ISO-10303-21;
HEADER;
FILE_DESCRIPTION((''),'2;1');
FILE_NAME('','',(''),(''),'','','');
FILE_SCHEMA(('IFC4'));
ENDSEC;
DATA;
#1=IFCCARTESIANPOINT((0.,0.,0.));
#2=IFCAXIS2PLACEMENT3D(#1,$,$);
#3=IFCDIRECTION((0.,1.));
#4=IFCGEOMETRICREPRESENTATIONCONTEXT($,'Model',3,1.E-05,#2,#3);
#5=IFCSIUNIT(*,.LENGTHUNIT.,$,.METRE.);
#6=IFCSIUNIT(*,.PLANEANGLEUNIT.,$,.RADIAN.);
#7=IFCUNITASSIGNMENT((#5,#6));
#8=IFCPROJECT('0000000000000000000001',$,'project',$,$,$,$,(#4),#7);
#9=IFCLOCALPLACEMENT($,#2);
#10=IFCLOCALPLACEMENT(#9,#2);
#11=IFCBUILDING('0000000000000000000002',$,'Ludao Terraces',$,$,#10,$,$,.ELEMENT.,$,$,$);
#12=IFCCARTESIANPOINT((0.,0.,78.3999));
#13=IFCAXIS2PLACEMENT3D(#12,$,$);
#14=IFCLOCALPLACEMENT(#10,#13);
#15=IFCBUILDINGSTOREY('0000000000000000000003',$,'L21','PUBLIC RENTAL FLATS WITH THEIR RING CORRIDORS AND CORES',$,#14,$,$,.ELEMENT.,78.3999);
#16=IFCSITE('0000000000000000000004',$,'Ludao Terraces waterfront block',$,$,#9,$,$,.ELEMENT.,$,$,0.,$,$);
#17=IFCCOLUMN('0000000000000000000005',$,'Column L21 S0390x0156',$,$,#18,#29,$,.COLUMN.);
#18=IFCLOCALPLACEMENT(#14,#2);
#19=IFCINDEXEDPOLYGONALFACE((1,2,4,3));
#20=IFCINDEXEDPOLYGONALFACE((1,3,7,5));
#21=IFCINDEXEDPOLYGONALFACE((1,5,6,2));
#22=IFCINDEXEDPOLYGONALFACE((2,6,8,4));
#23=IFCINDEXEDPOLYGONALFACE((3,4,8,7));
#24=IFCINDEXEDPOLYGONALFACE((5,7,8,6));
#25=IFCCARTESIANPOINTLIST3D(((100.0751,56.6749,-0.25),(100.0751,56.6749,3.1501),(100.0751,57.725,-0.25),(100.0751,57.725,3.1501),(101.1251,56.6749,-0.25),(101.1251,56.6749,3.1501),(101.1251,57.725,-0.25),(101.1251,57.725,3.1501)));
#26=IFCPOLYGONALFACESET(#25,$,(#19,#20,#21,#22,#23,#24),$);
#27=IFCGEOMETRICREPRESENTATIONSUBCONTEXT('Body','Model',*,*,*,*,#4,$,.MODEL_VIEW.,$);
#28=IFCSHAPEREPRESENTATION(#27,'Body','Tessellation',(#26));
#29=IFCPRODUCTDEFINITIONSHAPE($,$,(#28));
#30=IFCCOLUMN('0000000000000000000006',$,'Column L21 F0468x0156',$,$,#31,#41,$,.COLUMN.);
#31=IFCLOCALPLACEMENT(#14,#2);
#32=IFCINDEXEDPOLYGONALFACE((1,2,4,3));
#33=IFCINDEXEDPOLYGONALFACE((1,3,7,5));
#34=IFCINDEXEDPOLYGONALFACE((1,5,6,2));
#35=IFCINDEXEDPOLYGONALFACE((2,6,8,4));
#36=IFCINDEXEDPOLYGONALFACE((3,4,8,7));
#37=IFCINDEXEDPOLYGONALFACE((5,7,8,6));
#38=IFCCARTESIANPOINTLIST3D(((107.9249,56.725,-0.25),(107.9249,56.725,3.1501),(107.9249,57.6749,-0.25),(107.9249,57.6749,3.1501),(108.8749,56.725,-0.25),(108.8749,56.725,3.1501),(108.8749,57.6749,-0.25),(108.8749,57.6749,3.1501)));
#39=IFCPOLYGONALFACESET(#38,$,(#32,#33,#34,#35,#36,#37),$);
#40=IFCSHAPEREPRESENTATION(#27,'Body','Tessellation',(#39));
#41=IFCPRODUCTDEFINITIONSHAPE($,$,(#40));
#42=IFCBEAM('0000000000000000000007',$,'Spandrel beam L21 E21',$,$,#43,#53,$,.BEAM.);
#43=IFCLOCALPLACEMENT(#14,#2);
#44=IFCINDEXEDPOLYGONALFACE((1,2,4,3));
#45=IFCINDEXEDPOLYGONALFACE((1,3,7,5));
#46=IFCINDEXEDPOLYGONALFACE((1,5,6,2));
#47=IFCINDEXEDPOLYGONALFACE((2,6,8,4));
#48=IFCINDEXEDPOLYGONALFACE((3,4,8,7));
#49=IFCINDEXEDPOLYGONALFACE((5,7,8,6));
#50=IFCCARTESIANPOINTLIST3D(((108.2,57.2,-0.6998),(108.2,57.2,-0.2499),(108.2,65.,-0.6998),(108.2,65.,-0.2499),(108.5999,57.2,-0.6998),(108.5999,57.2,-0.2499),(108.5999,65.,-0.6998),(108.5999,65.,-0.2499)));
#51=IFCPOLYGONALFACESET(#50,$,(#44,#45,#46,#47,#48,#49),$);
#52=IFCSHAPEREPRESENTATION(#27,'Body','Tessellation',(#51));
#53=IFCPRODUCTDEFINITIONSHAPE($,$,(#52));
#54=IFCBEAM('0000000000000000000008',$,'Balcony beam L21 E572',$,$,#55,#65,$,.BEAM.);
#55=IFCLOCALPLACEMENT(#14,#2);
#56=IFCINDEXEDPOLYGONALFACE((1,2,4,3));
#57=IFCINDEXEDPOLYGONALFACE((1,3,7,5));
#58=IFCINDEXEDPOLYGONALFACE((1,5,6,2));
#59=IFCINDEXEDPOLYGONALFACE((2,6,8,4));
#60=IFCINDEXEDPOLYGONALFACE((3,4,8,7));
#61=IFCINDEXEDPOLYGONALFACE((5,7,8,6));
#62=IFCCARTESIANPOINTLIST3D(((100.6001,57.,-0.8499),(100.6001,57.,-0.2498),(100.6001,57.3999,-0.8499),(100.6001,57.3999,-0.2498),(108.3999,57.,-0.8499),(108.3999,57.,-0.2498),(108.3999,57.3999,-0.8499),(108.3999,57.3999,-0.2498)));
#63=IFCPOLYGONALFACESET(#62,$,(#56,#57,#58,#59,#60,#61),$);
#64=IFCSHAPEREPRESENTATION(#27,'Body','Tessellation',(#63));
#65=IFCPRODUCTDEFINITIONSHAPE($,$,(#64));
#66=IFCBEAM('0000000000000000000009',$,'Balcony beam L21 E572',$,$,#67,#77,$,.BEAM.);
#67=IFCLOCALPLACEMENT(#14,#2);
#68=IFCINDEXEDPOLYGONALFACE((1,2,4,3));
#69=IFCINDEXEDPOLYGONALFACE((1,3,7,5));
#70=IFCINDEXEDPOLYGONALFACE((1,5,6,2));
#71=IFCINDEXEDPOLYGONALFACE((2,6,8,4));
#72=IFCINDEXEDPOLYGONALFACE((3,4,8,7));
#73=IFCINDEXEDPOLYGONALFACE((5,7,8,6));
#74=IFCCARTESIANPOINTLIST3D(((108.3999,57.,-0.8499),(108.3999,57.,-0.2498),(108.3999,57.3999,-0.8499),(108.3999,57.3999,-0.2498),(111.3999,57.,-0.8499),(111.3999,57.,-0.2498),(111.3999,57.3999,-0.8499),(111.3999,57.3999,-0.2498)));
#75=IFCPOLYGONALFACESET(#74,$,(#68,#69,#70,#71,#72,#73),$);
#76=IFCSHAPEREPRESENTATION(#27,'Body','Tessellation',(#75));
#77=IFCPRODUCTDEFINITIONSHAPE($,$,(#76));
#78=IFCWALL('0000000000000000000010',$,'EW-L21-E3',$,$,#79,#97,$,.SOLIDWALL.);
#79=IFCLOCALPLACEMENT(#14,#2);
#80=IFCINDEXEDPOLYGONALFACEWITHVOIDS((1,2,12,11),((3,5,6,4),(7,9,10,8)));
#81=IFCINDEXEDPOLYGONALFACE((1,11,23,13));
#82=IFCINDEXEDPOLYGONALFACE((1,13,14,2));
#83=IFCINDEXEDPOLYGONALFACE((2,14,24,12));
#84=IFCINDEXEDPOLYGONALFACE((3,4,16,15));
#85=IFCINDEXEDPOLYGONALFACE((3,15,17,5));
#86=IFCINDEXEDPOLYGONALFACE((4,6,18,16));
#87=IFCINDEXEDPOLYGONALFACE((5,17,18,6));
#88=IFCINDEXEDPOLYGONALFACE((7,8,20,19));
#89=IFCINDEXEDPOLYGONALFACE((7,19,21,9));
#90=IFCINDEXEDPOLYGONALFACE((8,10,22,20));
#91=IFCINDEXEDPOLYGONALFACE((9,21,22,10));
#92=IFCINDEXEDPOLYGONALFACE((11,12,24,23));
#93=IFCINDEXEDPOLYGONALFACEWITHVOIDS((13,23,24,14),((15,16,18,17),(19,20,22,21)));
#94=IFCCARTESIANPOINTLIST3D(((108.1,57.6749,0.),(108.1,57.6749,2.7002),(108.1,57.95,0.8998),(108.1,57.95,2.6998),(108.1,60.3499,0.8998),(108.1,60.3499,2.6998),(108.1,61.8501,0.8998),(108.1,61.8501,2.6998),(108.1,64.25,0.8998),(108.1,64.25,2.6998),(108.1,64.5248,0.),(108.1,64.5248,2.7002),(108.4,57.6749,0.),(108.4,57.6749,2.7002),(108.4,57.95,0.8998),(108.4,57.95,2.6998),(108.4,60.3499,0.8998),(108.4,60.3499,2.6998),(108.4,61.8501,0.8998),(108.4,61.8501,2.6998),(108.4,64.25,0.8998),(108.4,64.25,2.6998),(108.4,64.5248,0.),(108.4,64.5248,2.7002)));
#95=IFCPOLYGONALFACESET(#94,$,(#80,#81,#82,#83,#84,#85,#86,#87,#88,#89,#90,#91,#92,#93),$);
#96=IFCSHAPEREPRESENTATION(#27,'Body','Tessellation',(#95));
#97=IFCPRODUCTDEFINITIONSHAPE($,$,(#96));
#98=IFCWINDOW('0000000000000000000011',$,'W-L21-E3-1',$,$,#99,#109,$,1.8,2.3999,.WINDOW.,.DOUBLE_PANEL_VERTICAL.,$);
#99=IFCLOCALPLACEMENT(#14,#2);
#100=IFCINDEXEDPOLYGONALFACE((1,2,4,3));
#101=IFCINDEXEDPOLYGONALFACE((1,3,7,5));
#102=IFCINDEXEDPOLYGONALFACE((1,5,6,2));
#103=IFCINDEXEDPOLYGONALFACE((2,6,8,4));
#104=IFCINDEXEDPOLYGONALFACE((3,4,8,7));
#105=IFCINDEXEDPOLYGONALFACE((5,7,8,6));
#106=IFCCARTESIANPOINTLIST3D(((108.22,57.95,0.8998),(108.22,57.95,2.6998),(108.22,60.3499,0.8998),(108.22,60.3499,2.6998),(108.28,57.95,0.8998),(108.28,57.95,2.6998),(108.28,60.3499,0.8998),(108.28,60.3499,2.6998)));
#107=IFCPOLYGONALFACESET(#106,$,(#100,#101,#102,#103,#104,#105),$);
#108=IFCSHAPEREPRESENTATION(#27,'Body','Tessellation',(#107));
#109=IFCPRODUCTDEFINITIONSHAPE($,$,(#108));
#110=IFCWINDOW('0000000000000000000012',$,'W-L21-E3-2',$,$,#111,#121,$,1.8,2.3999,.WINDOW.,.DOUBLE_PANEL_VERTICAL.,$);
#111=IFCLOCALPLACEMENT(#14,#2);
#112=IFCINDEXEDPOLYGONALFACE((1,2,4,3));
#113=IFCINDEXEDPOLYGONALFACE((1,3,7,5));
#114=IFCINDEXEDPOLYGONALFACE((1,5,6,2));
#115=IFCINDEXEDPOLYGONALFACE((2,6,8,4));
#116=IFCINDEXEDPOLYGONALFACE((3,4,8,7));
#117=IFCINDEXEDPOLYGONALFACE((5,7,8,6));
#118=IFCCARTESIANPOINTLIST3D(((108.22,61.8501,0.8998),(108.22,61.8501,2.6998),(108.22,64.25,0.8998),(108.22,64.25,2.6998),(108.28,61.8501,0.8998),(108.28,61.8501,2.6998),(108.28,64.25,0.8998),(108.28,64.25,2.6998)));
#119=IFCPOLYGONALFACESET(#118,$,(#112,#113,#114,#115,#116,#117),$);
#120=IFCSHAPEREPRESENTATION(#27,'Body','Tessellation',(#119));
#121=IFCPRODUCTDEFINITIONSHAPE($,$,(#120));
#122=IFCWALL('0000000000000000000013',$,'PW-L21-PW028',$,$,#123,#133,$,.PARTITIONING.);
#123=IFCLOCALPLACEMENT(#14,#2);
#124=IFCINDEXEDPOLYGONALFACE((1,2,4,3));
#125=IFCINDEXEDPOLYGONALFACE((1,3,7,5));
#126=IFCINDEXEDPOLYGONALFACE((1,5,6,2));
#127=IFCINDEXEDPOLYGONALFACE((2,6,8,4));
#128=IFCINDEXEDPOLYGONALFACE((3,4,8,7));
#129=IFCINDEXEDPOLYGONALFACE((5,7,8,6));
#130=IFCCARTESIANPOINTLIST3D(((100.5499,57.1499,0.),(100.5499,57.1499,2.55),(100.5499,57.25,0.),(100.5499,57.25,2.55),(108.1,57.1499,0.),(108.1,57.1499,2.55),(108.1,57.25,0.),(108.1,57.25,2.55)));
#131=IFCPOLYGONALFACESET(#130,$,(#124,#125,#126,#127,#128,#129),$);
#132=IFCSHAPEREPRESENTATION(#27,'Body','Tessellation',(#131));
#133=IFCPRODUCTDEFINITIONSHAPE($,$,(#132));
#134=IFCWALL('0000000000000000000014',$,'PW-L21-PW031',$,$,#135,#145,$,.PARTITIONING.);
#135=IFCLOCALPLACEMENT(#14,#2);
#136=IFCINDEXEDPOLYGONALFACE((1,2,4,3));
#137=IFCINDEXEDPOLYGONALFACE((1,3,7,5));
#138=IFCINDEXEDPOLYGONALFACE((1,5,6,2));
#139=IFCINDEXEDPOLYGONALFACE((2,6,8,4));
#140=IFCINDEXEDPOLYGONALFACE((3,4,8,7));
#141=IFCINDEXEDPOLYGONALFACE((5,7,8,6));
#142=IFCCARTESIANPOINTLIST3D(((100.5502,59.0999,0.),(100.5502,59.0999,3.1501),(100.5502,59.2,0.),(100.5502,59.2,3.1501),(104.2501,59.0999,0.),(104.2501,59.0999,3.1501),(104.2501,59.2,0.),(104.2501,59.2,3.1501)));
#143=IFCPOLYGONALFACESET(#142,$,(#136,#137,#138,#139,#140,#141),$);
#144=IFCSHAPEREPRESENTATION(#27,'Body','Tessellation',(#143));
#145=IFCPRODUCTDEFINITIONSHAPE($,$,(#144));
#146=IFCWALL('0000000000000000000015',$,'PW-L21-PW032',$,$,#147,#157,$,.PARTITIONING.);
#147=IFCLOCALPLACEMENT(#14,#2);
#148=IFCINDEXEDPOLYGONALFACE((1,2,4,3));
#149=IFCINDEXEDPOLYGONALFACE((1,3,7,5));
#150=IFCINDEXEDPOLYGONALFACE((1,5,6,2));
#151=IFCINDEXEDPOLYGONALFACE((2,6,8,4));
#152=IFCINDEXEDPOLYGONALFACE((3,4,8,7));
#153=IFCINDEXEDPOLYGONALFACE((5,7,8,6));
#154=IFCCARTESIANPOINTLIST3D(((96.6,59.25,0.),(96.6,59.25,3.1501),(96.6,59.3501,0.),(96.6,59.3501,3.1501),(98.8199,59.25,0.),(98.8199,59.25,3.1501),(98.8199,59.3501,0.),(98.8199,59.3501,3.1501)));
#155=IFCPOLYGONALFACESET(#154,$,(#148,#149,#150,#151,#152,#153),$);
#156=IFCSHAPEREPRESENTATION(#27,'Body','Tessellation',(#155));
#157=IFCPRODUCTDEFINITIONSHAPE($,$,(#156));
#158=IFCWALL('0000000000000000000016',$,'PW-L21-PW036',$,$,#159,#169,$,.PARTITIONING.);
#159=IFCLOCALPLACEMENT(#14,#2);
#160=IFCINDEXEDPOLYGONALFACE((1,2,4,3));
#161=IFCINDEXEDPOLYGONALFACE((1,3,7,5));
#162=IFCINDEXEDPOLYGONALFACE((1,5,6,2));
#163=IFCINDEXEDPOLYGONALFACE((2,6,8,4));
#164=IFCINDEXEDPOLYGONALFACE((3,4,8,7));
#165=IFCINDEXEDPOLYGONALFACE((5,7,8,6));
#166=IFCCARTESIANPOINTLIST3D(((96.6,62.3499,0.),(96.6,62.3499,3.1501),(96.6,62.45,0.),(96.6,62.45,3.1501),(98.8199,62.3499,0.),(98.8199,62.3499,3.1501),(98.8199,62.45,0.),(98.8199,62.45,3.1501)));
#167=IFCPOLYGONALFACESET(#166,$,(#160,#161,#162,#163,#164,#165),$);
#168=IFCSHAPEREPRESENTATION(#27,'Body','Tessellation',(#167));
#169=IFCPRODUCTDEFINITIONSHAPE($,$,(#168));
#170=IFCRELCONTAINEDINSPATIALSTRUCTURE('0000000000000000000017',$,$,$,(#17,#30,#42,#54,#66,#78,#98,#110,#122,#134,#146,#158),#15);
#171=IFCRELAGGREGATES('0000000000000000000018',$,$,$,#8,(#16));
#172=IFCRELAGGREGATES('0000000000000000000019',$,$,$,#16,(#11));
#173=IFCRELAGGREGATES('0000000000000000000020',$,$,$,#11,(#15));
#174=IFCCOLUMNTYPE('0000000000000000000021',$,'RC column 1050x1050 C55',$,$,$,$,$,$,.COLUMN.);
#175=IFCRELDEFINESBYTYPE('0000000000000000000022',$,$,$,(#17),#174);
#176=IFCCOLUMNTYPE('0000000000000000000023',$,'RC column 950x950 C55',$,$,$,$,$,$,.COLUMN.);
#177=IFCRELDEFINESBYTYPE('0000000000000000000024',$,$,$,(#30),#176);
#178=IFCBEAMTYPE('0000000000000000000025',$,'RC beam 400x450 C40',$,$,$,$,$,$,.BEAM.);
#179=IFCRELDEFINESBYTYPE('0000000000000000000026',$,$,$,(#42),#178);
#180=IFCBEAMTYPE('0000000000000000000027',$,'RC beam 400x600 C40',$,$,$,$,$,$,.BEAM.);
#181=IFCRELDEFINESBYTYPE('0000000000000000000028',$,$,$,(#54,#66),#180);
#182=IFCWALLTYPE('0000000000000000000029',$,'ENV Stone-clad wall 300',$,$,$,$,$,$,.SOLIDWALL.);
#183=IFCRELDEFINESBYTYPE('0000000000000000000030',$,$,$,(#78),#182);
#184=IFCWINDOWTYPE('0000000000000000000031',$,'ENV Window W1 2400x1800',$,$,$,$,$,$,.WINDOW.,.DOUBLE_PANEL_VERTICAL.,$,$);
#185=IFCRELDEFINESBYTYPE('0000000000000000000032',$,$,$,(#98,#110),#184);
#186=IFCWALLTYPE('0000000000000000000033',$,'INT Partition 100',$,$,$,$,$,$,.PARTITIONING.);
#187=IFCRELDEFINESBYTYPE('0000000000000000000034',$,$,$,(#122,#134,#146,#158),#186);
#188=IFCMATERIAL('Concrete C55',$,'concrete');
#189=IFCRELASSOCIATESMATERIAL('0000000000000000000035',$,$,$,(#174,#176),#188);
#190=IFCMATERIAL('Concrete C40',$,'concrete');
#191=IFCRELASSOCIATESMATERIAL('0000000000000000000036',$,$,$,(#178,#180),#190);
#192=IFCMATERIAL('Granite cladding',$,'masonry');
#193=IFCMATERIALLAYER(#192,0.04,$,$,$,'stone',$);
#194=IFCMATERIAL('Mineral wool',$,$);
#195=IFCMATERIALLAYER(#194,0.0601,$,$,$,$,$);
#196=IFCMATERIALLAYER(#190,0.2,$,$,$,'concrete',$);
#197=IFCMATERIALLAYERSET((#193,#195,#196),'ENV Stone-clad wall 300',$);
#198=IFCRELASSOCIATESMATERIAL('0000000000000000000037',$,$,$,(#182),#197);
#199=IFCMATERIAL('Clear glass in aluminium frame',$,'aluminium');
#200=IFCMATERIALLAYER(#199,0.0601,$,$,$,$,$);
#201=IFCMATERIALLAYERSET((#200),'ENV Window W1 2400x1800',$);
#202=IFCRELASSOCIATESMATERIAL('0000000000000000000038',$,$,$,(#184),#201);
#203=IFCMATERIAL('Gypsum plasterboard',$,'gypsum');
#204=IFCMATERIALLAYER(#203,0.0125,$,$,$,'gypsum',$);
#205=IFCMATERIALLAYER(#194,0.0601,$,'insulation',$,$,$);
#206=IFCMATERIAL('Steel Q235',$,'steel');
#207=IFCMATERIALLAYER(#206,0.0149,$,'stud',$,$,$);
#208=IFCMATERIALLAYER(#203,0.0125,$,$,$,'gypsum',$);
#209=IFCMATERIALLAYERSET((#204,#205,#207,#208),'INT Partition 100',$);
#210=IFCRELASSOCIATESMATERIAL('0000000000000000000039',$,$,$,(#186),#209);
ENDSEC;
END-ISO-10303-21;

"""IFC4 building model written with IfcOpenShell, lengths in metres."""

from ifc_helpers import new_model, si_unit, direction, frame, frame_2d, origin, origin_2d, place, context, subcontext, project, spatial, rectangle, extrude, material, layer, layer_set, material_profile, profile_set, type_object, element, fill, save


model = new_model("IFC4")

# Units and contexts
model_context = context("Model", 3, precision=1e-05, world=origin(), true_north=direction((0.0, 1.0)))
body_context = subcontext(model_context, "Body", "Model", "MODEL_VIEW")
ifc_project = project(units=[si_unit("LENGTHUNIT", "METRE"), si_unit("PLANEANGLEUNIT", "RADIAN")], contexts=[model_context])

# Site, building, storey
site_placement = place(None, origin())
site = spatial("IfcSite", under=ifc_project, at=site_placement, Name="Ludao Terraces waterfront block", CompositionType="ELEMENT", RefElevation=0.0)
building_placement = place(site_placement, origin())
building = spatial("IfcBuilding", under=site, at=building_placement, Name="Ludao Terraces", CompositionType="ELEMENT")
storey_placement = place(building_placement, frame((0.0, 0.0, 78.3999)))
storey = spatial("IfcBuildingStorey", under=building, at=storey_placement, Name="L21", Description="PUBLIC RENTAL FLATS WITH THEIR RING CORRIDORS AND CORES", CompositionType="ELEMENT", Elevation=78.3999)

# Columns
ifc_material_1 = material(Name="Concrete C55", Category="concrete")
ifc_material_profile_1 = material_profile(ifc_material_1, rectangle(XDim=1.05, YDim=1.05, at=origin_2d()), Name="1050 X 1050")
ifc_profile_set_1 = profile_set([ifc_material_profile_1], Name="Concrete C55")
column_type_1 = type_object("IfcColumnType", Name="RC column 1050x1050 C55", PredefinedType="COLUMN", material=ifc_profile_set_1)
column_1_placement = place(storey_placement, frame((100.6001, 57.2, -0.25), z_axis=(0.0, 0.0, 1.0), x_axis=(1.0, 0.0, 0.0)))
element("IfcColumn", 1, at=column_1_placement, inside=storey, type_object=column_type_1, Name="Column L21 S0390x0156", PredefinedType="COLUMN", context=body_context, shape_type="SweptSolid", body=[
    extrude(rectangle(XDim=1.05, YDim=1.05, at=origin_2d()), origin(), (0.0, 0.0, 1.0), 3.4001),
])
ifc_material_profile_2 = material_profile(ifc_material_1, rectangle(XDim=0.95, YDim=0.95, at=origin_2d()), Name="950 X 950")
ifc_profile_set_2 = profile_set([ifc_material_profile_2], Name="Concrete C55")
column_type_2 = type_object("IfcColumnType", Name="RC column 950x950 C55", PredefinedType="COLUMN", material=ifc_profile_set_2)
column_2_placement = place(storey_placement, frame((108.3999, 57.2, -0.25), z_axis=(0.0, 0.0, 1.0), x_axis=(1.0, 0.0, 0.0)))
element("IfcColumn", 2, at=column_2_placement, inside=storey, type_object=column_type_2, Name="Column L21 F0468x0156", PredefinedType="COLUMN", context=body_context, shape_type="SweptSolid", body=[
    extrude(rectangle(XDim=0.95, YDim=0.95, at=origin_2d()), origin(), (0.0, 0.0, 1.0), 3.4001),
])

# Beams
ifc_material_2 = material(Name="Concrete C40", Category="concrete")
ifc_material_profile_3 = material_profile(ifc_material_2, rectangle(XDim=0.3999, YDim=0.45, at=origin_2d()), Name="400 X 450")
ifc_profile_set_3 = profile_set([ifc_material_profile_3], Name="Concrete C40")
beam_type_1 = type_object("IfcBeamType", Name="RC beam 400x450 C40", PredefinedType="BEAM", material=ifc_profile_set_3)
beam_1_placement = place(storey_placement, frame((108.3999, 57.2, -0.4749), z_axis=(0.0, 1.0, 0.0), x_axis=(-1.0, 0.0, 0.0)))
element("IfcBeam", 3, at=beam_1_placement, inside=storey, type_object=beam_type_1, Name="Spandrel beam L21 E21", PredefinedType="BEAM", context=body_context, shape_type="SweptSolid", body=[
    extrude(rectangle(XDim=0.3999, YDim=0.45, at=origin_2d()), origin(), (0.0, 0.0, 1.0), 7.8),
])
ifc_material_profile_4 = material_profile(ifc_material_2, rectangle(XDim=0.3999, YDim=0.6001, at=origin_2d()), Name="400 X 600")
ifc_profile_set_4 = profile_set([ifc_material_profile_4], Name="Concrete C40")
beam_type_2 = type_object("IfcBeamType", Name="RC beam 400x600 C40", PredefinedType="BEAM", material=ifc_profile_set_4)
beam_2_placement = place(storey_placement, frame((100.6001, 57.2, -0.5498), z_axis=(1.0, 0.0, 0.0), x_axis=(0.0, 1.0, 0.0)))
element("IfcBeam", 4, at=beam_2_placement, inside=storey, type_object=beam_type_2, Name="Balcony beam L21 E572", PredefinedType="BEAM", context=body_context, shape_type="SweptSolid", body=[
    extrude(rectangle(XDim=0.3999, YDim=0.6001, at=origin_2d()), origin(), (0.0, 0.0, 1.0), 7.7998),
])
beam_3_placement = place(storey_placement, frame((108.3999, 57.2, -0.5498), z_axis=(1.0, 0.0, 0.0), x_axis=(0.0, 1.0, 0.0)))
element("IfcBeam", 5, at=beam_3_placement, inside=storey, type_object=beam_type_2, Name="Balcony beam L21 E572", PredefinedType="BEAM", context=body_context, shape_type="SweptSolid", body=[
    extrude(rectangle(XDim=0.3999, YDim=0.6001, at=origin_2d()), origin(), (0.0, 0.0, 1.0), 3.0),
])

# Wall, openings, windows
ifc_material_3 = material(Name="Granite cladding", Category="masonry")
ifc_layer_1 = layer(ifc_material_3, 0.04, Category="stone")
ifc_material_4 = material(Name="Mineral wool")
ifc_layer_2 = layer(ifc_material_4, 0.0601)
ifc_layer_3 = layer(ifc_material_2, 0.2, Category="concrete")
ifc_layer_set_1 = layer_set([ifc_layer_1, ifc_layer_2, ifc_layer_3], Name="ENV Stone-clad wall 300")
wall_type_1 = type_object("IfcWallType", Name="ENV Stone-clad wall 300", PredefinedType="SOLIDWALL", material=ifc_layer_set_1)
wall_1_placement = place(storey_placement, frame((108.25, 57.675, 0.0), z_axis=(0.0, 0.0, 1.0), x_axis=(0.0, 1.0, 0.0)))
wall_1 = element("IfcWall", 6, at=wall_1_placement, inside=storey, type_object=wall_type_1, Name="EW-L21-E3", PredefinedType="SOLIDWALL", context=body_context, shape_type="SweptSolid", body=[
    extrude(rectangle(XDim=6.8499, YDim=0.3, at=frame_2d((3.4248, 0.0))), origin(), (0.0, 0.0, 1.0), 2.7002),
])
opening_1_placement = place(wall_1_placement, frame((0.2749, 0.0, 0.8999)))
opening_1 = element("IfcOpeningElement", 7, at=opening_1_placement, cuts=wall_1, PredefinedType="OPENING", context=body_context, shape_type="SweptSolid", body=[
    extrude(rectangle(XDim=2.3999, YDim=1.8, at=frame_2d((1.2, 0.8999))), frame((0.0, 0.1602, 0.0), z_axis=(0.0, -1.0, 0.0), x_axis=(1.0, 0.0, 0.0)), (0.0, 0.0, 1.0), 0.3201),
])
opening_2_placement = place(wall_1_placement, frame((4.175, 0.0, 0.8999)))
opening_2 = element("IfcOpeningElement", 8, at=opening_2_placement, cuts=wall_1, PredefinedType="OPENING", context=body_context, shape_type="SweptSolid", body=[
    extrude(rectangle(XDim=2.3999, YDim=1.8, at=frame_2d((1.2, 0.8999))), frame((0.0, 0.1602, 0.0), z_axis=(0.0, -1.0, 0.0), x_axis=(1.0, 0.0, 0.0)), (0.0, 0.0, 1.0), 0.3201),
])
ifc_material_5 = material(Name="Clear glass in aluminium frame", Category="aluminium")
ifc_layer_4 = layer(ifc_material_5, 0.0601)
ifc_layer_set_2 = layer_set([ifc_layer_4], Name="ENV Window W1 2400x1800")
window_type = type_object("IfcWindowType", Name="ENV Window W1 2400x1800", PartitioningType="DOUBLE_PANEL_VERTICAL", PredefinedType="WINDOW", material=ifc_layer_set_2)
window_1_placement = place(opening_1_placement, origin())
window_1 = element("IfcWindow", 9, at=window_1_placement, inside=storey, type_object=window_type, Name="W-L21-E3-1", OverallHeight=1.8, OverallWidth=2.3999, PartitioningType="DOUBLE_PANEL_VERTICAL", PredefinedType="WINDOW", context=body_context, shape_type="SweptSolid", body=[
    extrude(rectangle(XDim=2.3999, YDim=1.8, at=frame_2d((1.2, 0.8999))), frame((0.0, 0.03, 0.0), z_axis=(0.0, -1.0, 0.0), x_axis=(1.0, 0.0, 0.0)), (0.0, 0.0, 1.0), 0.0601),
])
fill(opening_1, window_1)
window_2_placement = place(opening_2_placement, origin())
window_2 = element("IfcWindow", 10, at=window_2_placement, inside=storey, type_object=window_type, Name="W-L21-E3-2", OverallHeight=1.8, OverallWidth=2.3999, PartitioningType="DOUBLE_PANEL_VERTICAL", PredefinedType="WINDOW", context=body_context, shape_type="SweptSolid", body=[
    extrude(rectangle(XDim=2.3999, YDim=1.8, at=frame_2d((1.2, 0.8999))), frame((0.0, 0.03, 0.0), z_axis=(0.0, -1.0, 0.0), x_axis=(1.0, 0.0, 0.0)), (0.0, 0.0, 1.0), 0.0601),
])
fill(opening_2, window_2)

# Walls
ifc_material_6 = material(Name="Gypsum plasterboard", Category="gypsum")
ifc_layer_5 = layer(ifc_material_6, 0.0125, Category="gypsum")
ifc_layer_6 = layer(ifc_material_4, 0.0601, Name="insulation")
ifc_material_7 = material(Name="Steel Q235", Category="steel")
ifc_layer_7 = layer(ifc_material_7, 0.0149, Name="stud")
ifc_layer_8 = layer(ifc_material_6, 0.0125, Category="gypsum")
ifc_layer_set_3 = layer_set([ifc_layer_5, ifc_layer_6, ifc_layer_7, ifc_layer_8], Name="INT Partition 100")
wall_type_2 = type_object("IfcWallType", Name="INT Partition 100", PredefinedType="PARTITIONING", material=ifc_layer_set_3)
wall_2_placement = place(storey_placement, frame((100.55, 57.2, 0.0), z_axis=(0.0, 0.0, 1.0), x_axis=(1.0, 0.0, 0.0)))
element("IfcWall", 11, at=wall_2_placement, inside=storey, type_object=wall_type_2, Name="PW-L21-PW028", PredefinedType="PARTITIONING", context=body_context, shape_type="SweptSolid", body=[
    extrude(rectangle(XDim=7.55, YDim=0.1001, at=frame_2d((3.7749, 0.0))), origin(), (0.0, 0.0, 1.0), 2.55),
])
wall_3_placement = place(storey_placement, frame((100.55, 59.1499, 0.0), z_axis=(0.0, 0.0, 1.0), x_axis=(1.0, 0.0, 0.0)))
element("IfcWall", 12, at=wall_3_placement, inside=storey, type_object=wall_type_2, Name="PW-L21-PW031", PredefinedType="PARTITIONING", context=body_context, shape_type="SweptSolid", body=[
    extrude(rectangle(XDim=3.7, YDim=0.1001, at=frame_2d((1.8501, 0.0))), origin(), (0.0, 0.0, 1.0), 3.1501),
])
for number, where, z_axis, x_axis, name in (
    (13, (96.6001, 59.3, 0.0), (0.0, 0.0, 1.0), (1.0, 0.0, 0.0), "PW-L21-PW032"),
    (14, (96.6001, 62.3999, 0.0), (0.0, 0.0, 1.0), (1.0, 0.0, 0.0), "PW-L21-PW036"),
):
    element("IfcWall", number, at=place(storey_placement, frame(where, z_axis=z_axis, x_axis=x_axis)), inside=storey, type_object=wall_type_2, Name=name, PredefinedType="PARTITIONING", context=body_context, shape_type="SweptSolid", body=[
        extrude(rectangle(XDim=2.22, YDim=0.1001, at=frame_2d((1.1099, 0.0))), origin(), (0.0, 0.0, 1.0), 3.1501),
    ])

save(model, "model.ifc")
